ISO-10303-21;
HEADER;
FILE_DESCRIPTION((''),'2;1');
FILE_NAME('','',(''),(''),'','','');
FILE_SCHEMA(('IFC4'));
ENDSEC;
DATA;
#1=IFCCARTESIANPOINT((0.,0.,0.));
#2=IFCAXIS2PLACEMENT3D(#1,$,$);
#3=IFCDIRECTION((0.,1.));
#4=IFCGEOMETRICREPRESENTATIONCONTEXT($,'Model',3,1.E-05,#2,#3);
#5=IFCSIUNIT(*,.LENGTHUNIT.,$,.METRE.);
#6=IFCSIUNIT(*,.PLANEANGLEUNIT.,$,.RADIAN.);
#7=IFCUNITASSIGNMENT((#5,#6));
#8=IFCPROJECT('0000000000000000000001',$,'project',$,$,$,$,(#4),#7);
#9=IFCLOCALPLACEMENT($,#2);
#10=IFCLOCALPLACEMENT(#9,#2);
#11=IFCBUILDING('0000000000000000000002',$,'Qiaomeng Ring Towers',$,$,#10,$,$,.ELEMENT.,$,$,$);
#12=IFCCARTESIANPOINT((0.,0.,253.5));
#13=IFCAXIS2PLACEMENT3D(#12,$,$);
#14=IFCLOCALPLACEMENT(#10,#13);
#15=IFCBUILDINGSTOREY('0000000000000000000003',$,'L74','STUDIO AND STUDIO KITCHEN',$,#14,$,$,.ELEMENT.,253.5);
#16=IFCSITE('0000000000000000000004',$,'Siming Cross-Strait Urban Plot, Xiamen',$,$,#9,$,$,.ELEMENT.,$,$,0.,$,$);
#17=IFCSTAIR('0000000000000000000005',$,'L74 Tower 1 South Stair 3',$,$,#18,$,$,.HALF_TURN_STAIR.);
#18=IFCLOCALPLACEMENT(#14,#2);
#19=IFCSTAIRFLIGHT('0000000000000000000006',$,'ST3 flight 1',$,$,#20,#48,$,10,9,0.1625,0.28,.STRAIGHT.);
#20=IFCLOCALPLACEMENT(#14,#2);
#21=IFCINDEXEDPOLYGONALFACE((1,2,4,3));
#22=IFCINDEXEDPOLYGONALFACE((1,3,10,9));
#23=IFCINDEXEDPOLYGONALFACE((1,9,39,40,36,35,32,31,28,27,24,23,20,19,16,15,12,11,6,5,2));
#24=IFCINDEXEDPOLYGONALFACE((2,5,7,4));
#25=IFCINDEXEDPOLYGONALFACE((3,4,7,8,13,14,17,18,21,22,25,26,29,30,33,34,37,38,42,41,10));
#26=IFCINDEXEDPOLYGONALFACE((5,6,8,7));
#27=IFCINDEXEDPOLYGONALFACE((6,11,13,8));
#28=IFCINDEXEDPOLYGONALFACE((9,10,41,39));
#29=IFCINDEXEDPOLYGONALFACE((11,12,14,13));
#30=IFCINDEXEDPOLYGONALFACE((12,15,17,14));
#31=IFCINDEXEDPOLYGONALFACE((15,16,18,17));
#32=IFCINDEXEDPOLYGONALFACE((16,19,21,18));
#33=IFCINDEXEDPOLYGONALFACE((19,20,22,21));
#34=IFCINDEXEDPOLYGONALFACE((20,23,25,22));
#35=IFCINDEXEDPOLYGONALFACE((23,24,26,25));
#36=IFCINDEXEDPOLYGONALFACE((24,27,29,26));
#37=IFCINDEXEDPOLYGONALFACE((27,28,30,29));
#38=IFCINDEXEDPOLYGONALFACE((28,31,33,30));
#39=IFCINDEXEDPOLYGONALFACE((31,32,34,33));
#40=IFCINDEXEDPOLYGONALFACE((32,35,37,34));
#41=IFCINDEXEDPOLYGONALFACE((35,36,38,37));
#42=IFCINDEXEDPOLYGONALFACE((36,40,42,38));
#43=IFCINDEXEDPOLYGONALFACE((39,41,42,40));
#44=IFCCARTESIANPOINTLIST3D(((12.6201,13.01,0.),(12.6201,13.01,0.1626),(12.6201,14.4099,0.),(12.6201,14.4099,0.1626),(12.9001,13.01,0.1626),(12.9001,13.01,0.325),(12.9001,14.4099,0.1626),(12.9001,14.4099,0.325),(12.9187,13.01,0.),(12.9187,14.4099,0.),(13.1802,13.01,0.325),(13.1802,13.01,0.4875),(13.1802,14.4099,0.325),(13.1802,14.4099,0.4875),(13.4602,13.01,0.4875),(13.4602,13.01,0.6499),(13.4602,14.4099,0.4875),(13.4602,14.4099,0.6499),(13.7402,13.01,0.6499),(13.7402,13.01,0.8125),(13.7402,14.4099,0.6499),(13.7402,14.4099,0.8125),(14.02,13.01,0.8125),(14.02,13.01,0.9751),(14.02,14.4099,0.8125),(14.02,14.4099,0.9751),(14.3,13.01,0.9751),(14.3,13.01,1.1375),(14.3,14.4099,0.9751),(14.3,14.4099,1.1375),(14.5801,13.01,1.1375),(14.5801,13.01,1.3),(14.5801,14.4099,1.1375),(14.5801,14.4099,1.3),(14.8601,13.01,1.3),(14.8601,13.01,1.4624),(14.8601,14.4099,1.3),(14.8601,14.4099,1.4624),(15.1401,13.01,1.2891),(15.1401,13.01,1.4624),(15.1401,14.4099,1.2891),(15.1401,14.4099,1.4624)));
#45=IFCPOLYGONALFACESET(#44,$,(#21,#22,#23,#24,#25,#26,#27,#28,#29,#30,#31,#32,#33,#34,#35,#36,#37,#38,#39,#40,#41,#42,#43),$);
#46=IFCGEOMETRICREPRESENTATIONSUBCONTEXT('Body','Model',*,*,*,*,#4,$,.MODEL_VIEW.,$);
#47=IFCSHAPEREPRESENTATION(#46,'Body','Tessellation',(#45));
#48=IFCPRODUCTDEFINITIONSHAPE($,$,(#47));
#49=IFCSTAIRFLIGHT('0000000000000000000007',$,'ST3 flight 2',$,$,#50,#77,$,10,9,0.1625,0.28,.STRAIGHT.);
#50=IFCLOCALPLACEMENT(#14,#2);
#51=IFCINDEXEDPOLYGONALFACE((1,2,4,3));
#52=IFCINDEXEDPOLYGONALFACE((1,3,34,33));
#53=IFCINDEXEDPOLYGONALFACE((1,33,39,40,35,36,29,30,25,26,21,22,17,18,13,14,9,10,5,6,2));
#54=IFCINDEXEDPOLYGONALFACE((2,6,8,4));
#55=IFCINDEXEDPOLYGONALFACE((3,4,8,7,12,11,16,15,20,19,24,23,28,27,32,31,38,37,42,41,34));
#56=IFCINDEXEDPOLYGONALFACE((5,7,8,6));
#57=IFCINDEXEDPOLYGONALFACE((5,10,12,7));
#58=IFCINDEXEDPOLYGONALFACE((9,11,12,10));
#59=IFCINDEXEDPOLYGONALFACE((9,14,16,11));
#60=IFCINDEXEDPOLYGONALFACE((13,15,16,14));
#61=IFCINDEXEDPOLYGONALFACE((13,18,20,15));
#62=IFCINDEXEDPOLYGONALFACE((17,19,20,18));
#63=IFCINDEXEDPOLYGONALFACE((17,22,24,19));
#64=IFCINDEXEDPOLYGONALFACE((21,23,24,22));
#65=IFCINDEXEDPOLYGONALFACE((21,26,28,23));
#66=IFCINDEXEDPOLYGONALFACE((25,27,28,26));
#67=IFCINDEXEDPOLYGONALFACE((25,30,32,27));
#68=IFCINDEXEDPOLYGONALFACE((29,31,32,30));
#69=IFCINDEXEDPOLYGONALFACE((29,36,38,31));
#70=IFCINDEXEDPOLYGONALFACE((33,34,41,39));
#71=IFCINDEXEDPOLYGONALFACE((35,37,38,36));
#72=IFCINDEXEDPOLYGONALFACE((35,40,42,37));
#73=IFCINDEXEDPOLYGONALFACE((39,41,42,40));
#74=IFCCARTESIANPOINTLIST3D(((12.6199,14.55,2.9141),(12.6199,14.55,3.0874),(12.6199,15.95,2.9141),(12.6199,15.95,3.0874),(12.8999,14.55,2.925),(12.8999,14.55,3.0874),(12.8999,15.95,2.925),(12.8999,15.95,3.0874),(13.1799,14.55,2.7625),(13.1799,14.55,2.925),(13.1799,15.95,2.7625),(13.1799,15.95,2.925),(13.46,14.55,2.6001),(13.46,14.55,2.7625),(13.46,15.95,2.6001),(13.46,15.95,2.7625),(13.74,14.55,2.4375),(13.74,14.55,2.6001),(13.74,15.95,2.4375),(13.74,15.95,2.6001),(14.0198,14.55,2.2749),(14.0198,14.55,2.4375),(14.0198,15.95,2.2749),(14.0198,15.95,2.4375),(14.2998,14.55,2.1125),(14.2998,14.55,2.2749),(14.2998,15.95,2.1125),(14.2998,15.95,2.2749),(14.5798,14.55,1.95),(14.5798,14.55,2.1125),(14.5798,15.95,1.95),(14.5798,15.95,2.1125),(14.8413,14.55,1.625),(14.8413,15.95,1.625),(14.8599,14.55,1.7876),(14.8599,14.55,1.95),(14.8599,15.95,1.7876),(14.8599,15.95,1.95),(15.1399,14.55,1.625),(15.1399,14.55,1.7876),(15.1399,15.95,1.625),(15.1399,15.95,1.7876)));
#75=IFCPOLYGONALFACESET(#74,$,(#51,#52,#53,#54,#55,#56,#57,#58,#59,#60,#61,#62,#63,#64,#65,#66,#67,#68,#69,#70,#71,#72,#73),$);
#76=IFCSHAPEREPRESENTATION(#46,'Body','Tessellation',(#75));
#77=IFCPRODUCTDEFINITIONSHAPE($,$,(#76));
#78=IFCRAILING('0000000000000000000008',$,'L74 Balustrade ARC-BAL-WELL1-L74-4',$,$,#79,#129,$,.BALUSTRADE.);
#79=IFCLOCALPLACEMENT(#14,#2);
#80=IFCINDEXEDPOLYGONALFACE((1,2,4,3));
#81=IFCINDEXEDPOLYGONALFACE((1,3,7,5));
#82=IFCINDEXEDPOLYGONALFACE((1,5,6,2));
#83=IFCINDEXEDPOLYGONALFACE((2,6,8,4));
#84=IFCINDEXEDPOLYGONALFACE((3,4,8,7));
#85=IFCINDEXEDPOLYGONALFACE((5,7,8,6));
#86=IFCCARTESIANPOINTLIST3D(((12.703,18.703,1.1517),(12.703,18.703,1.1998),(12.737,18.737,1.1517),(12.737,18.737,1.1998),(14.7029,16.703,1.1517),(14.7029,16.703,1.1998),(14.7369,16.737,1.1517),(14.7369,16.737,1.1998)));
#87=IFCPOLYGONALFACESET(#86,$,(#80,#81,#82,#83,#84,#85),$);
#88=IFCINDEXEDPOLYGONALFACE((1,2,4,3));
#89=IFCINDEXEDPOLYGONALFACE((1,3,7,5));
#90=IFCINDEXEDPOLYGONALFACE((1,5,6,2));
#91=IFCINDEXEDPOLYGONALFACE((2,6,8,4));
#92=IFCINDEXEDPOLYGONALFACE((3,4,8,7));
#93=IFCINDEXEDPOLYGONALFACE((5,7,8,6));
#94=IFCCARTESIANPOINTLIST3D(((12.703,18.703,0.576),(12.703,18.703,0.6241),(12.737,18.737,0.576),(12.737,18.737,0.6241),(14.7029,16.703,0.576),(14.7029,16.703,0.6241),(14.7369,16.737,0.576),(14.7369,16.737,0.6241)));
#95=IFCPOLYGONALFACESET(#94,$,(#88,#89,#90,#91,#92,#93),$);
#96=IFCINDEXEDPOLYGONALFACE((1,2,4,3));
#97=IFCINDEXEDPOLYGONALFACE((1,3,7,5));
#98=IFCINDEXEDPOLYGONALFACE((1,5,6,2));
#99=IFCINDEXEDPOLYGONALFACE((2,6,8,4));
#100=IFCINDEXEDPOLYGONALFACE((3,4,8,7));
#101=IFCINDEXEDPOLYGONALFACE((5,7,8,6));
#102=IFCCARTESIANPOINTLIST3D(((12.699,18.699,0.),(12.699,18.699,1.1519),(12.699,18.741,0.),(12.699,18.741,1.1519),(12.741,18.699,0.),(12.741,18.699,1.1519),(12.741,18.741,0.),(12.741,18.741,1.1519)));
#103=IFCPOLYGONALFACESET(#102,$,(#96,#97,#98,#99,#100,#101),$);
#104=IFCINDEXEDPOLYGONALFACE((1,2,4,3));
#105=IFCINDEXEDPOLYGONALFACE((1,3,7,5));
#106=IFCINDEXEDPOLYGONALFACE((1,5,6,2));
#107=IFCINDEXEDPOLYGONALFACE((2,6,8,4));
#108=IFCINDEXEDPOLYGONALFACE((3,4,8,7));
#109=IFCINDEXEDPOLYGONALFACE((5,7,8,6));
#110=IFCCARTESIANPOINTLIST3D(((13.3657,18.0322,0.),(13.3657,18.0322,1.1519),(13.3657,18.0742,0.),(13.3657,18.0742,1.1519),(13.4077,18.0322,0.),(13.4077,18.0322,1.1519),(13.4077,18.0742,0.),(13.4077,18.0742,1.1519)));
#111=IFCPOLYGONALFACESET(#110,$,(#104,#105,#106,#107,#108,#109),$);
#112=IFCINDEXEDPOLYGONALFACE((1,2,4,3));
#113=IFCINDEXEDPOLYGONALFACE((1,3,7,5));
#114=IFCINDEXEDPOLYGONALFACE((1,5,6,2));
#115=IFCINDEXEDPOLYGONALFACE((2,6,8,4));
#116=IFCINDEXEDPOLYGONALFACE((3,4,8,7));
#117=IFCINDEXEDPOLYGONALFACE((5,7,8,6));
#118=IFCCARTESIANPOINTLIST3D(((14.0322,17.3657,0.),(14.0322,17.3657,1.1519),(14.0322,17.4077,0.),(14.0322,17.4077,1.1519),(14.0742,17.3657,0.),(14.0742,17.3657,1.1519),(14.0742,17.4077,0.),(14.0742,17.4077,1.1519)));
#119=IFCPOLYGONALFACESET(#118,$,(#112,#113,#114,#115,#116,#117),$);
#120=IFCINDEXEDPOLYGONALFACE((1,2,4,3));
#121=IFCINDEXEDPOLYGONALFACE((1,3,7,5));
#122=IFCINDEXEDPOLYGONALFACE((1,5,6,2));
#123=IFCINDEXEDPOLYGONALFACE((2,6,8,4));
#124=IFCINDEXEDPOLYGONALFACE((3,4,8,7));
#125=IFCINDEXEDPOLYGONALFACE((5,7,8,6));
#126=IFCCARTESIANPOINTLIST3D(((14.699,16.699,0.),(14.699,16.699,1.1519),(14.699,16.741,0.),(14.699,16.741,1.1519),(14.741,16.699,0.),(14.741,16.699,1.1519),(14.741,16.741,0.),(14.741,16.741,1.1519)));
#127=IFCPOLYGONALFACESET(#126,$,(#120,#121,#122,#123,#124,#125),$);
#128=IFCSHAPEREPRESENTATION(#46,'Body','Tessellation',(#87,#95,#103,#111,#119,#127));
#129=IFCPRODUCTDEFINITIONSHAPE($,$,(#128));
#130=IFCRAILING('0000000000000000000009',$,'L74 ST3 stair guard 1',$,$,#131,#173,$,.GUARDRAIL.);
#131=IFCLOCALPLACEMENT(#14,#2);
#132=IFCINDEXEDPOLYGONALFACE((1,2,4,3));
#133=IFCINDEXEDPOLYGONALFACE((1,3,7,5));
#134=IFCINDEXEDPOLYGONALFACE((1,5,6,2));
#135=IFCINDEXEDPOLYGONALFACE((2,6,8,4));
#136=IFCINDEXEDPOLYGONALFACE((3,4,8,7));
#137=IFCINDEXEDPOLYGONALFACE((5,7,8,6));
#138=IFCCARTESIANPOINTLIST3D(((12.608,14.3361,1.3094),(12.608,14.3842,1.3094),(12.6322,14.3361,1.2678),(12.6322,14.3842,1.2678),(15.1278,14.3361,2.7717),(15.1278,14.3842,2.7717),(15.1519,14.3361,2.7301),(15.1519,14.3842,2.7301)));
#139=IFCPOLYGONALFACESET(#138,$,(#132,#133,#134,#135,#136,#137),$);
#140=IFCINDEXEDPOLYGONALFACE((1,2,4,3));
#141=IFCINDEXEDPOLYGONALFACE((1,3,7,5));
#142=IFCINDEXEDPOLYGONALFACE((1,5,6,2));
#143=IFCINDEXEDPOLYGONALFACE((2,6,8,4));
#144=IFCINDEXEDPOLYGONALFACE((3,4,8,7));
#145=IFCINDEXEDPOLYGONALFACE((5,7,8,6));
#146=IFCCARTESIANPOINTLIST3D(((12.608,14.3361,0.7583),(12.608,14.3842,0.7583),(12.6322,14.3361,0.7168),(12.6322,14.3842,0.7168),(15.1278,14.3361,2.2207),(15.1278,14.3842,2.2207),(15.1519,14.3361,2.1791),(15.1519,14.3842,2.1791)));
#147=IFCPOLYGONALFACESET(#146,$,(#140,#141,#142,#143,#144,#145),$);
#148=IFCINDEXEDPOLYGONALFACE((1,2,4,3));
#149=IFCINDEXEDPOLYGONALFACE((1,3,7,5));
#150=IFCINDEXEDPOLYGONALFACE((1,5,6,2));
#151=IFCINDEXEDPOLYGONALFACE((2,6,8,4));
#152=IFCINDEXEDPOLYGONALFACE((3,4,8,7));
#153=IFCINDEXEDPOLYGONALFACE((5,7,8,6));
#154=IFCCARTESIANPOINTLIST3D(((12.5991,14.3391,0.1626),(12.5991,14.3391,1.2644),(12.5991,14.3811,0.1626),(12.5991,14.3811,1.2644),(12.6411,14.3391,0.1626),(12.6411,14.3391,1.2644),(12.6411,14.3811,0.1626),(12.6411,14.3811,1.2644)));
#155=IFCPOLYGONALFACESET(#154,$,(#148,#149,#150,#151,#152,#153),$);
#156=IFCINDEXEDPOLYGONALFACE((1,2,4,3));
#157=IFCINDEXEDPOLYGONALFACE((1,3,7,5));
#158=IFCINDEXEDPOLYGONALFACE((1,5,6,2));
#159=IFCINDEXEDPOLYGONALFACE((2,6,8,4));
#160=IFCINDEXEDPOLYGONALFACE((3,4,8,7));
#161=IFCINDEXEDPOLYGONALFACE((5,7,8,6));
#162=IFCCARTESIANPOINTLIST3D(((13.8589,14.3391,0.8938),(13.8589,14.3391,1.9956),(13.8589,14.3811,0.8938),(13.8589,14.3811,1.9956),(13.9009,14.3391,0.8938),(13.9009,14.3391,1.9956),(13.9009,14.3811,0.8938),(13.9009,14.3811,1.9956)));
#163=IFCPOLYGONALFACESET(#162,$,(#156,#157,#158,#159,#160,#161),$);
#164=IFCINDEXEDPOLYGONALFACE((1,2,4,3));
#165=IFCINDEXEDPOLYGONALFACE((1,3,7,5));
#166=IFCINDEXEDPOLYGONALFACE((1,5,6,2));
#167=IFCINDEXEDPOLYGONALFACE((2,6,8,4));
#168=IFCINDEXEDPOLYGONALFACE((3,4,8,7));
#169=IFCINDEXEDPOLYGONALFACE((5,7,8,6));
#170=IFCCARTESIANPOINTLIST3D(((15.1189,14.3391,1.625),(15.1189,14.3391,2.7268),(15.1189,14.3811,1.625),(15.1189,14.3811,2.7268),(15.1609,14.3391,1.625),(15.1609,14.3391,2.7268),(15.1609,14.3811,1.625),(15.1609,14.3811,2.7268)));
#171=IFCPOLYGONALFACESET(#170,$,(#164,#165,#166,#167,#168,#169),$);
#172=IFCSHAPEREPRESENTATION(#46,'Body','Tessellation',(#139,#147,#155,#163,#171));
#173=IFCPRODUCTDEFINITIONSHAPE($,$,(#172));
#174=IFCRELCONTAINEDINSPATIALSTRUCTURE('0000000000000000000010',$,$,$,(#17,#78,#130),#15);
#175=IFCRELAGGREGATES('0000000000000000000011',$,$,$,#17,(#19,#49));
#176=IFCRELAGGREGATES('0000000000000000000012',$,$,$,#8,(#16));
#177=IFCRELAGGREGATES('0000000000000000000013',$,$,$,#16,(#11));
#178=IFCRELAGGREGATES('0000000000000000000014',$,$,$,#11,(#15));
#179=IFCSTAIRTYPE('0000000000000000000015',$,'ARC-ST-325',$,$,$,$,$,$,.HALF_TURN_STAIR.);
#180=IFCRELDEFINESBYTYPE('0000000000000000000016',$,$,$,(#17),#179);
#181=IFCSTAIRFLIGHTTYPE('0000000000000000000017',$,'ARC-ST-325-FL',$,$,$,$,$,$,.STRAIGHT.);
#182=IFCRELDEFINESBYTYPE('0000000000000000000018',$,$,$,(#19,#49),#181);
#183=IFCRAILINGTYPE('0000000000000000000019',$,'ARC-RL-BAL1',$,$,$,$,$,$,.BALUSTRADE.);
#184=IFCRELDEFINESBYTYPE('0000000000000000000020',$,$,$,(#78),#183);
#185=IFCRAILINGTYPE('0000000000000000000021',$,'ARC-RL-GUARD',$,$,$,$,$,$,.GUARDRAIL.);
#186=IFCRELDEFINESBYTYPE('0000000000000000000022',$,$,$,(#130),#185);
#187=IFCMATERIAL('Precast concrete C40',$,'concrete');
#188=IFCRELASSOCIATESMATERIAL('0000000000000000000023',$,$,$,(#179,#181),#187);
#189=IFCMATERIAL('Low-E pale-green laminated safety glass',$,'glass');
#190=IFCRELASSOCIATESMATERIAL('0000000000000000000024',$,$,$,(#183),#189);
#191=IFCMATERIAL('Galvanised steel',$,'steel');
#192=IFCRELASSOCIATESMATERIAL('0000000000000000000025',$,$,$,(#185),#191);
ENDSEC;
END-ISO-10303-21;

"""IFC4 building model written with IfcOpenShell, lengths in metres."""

from ifc_helpers import new_model, si_unit, direction, frame, origin, origin_2d, place, context, subcontext, project, spatial, polyline, rectangle, outline, extrude, source, transform, mapped, material, type_object, element, aggregate, save


model = new_model("IFC4")

# Units and contexts
model_context = context("Model", 3, precision=1e-05, world=origin(), true_north=direction((0.0, 1.0)))
body_context = subcontext(model_context, "Body", "Model", "MODEL_VIEW")
ifc_project = project(units=[si_unit("LENGTHUNIT", "METRE"), si_unit("PLANEANGLEUNIT", "RADIAN")], contexts=[model_context])

# Site, building, storey
site_placement = place(None, origin())
site = spatial("IfcSite", under=ifc_project, at=site_placement, Name="Siming Cross-Strait Urban Plot, Xiamen", CompositionType="ELEMENT", RefElevation=0.0)
building_placement = place(site_placement, origin())
building = spatial("IfcBuilding", under=site, at=building_placement, Name="Qiaomeng Ring Towers", CompositionType="ELEMENT")
storey_placement = place(building_placement, frame((0.0, 0.0, 253.5)))
storey = spatial("IfcBuildingStorey", under=building, at=storey_placement, Name="L74", Description="STUDIO AND STUDIO KITCHEN", CompositionType="ELEMENT", Elevation=253.5)

# Shared definitions
ifc_material_1 = material(Name="Galvanised steel", Category="steel")

# Stair, stair flights
ifc_material_2 = material(Name="Precast concrete C40", Category="concrete")
stair_type = type_object("IfcStairType", Name="ARC-ST-325", PredefinedType="HALF_TURN_STAIR", material=ifc_material_2)
stair_placement = place(storey_placement, origin())
stair = element("IfcStair", 1, at=stair_placement, inside=storey, type_object=stair_type, Name="L74 Tower 1 South Stair 3", PredefinedType="HALF_TURN_STAIR")
stair_flight_type = type_object("IfcStairFlightType", Name="ARC-ST-325-FL", PredefinedType="STRAIGHT", material=ifc_material_2)
shared_shape_1 = source(origin(), body_context, "Body", "SweptSolid", [
    extrude(outline(polyline([(0.0, 0.0), (0.0, 0.1626), (0.28, 0.1626), (0.28, 0.325), (0.5601, 0.325), (0.5601, 0.4875), (0.8401, 0.4875), (0.8401, 0.6499), (1.1201, 0.6499), (1.1201, 0.8125), (1.3999, 0.8125), (1.3999, 0.9751), (1.6799, 0.9751), (1.6799, 1.1375), (1.96, 1.1375), (1.96, 1.3), (2.24, 1.3), (2.24, 1.4624), (2.52, 1.4624), (2.52, 1.625), (2.52, 1.2891), (0.2986, 0.0), (0.0, 0.0)])), frame((0.0, 0.7, 0.0), z_axis=(0.0, -1.0, 0.0), x_axis=(1.0, 0.0, 0.0)), (0.0, 0.0, 1.0), 1.3999),
])
stair_flight_1_placement = place(storey_placement, frame((12.6201, 13.71, 0.0), z_axis=(0.0, 0.0, 1.0), x_axis=(1.0, 0.0, 0.0)))
stair_flight_1 = element("IfcStairFlight", 2, at=stair_flight_1_placement, type_object=stair_flight_type, Name="ST3 flight 1", NumberOfRisers=10, NumberOfTreads=9, PredefinedType="STRAIGHT", RiserHeight=0.1625, TreadLength=0.28, context=body_context, shape_type="MappedRepresentation", body=[
    mapped(shared_shape_1, transform((0.0, 0.0, 0.0), x_axis=(1.0, 0.0, 0.0), y_axis=(0.0, 1.0, 0.0), z_axis=(0.0, 0.0, 1.0), scale=1.0)),
])
stair_flight_2_placement = place(storey_placement, frame((15.1399, 15.25, 1.625), z_axis=(0.0, 0.0, 1.0), x_axis=(-1.0, 0.0, 0.0)))
stair_flight_2 = element("IfcStairFlight", 3, at=stair_flight_2_placement, type_object=stair_flight_type, Name="ST3 flight 2", NumberOfRisers=10, NumberOfTreads=9, PredefinedType="STRAIGHT", RiserHeight=0.1625, TreadLength=0.28, context=body_context, shape_type="MappedRepresentation", body=[
    mapped(shared_shape_1, transform((0.0, 0.0, 0.0), x_axis=(1.0, 0.0, 0.0), y_axis=(0.0, 1.0, 0.0), z_axis=(0.0, 0.0, 1.0), scale=1.0)),
])
aggregate(stair, [stair_flight_1, stair_flight_2])

# Railings
ifc_material_3 = material(Name="Low-E pale-green laminated safety glass", Category="glass")
railing_type_1 = type_object("IfcRailingType", Name="ARC-RL-BAL1", PredefinedType="BALUSTRADE", material=ifc_material_3)
railing_1_placement = place(storey_placement, frame((12.72, 18.72, 0.0)))
element("IfcRailing", 4, at=railing_1_placement, inside=storey, type_object=railing_type_1, Name="L74 Balustrade ARC-BAL-WELL1-L74-4", PredefinedType="BALUSTRADE", context=body_context, shape_type="SweptSolid", body=[
    extrude(rectangle(XDim=0.0481, YDim=0.0481, at=origin_2d()), frame((0.0, 0.0, 1.1758), z_axis=(0.707107, -0.707107, 0.0), x_axis=(0.707107, 0.707107, 0.0)), (0.0, 0.0, 1.0), 2.8284),
    extrude(rectangle(XDim=0.0481, YDim=0.0481, at=origin_2d()), frame((0.0, 0.0, 0.6001), z_axis=(0.707107, -0.707107, 0.0), x_axis=(0.707107, 0.707107, 0.0)), (0.0, 0.0, 1.0), 2.8284),
    extrude(rectangle(XDim=0.042, YDim=0.042, at=origin_2d()), origin(), (0.0, 0.0, 1.0), 1.1519),
    extrude(rectangle(XDim=0.042, YDim=0.042, at=origin_2d()), frame((0.6667, -0.6667, 0.0)), (0.0, 0.0, 1.0), 1.1519),
    extrude(rectangle(XDim=0.042, YDim=0.042, at=origin_2d()), frame((1.3333, -1.3333, 0.0)), (0.0, 0.0, 1.0), 1.1519),
    extrude(rectangle(XDim=0.042, YDim=0.042, at=origin_2d()), frame((2.0, -2.0, 0.0)), (0.0, 0.0, 1.0), 1.1519),
])
railing_type_2 = type_object("IfcRailingType", Name="ARC-RL-GUARD", PredefinedType="GUARDRAIL", material=ifc_material_1)
railing_2_placement = place(storey_placement, frame((12.6201, 14.3601, 0.1626)))
element("IfcRailing", 5, at=railing_2_placement, inside=storey, type_object=railing_type_2, Name="L74 ST3 stair guard 1", PredefinedType="GUARDRAIL", context=body_context, shape_type="SweptSolid", body=[
    extrude(rectangle(XDim=0.0481, YDim=0.0481, at=origin_2d()), frame((0.0, 0.0, 1.126), z_axis=(0.864892, 0.0, 0.501958), x_axis=(0.0, 1.0, 0.0)), (0.0, 0.0, 1.0), 2.9133),
    extrude(rectangle(XDim=0.0481, YDim=0.0481, at=origin_2d()), frame((0.0, 0.0, 0.575), z_axis=(0.864892, 0.0, 0.501958), x_axis=(0.0, 1.0, 0.0)), (0.0, 0.0, 1.0), 2.9133),
    extrude(rectangle(XDim=0.042, YDim=0.042, at=origin_2d()), origin(), (0.0, 0.0, 1.0), 1.1018),
    extrude(rectangle(XDim=0.042, YDim=0.042, at=origin_2d()), frame((1.2598, 0.0, 0.7312)), (0.0, 0.0, 1.0), 1.1018),
    extrude(rectangle(XDim=0.042, YDim=0.042, at=origin_2d()), frame((2.5198, 0.0, 1.4624)), (0.0, 0.0, 1.0), 1.1018),
])

save(model, "model.ifc")
